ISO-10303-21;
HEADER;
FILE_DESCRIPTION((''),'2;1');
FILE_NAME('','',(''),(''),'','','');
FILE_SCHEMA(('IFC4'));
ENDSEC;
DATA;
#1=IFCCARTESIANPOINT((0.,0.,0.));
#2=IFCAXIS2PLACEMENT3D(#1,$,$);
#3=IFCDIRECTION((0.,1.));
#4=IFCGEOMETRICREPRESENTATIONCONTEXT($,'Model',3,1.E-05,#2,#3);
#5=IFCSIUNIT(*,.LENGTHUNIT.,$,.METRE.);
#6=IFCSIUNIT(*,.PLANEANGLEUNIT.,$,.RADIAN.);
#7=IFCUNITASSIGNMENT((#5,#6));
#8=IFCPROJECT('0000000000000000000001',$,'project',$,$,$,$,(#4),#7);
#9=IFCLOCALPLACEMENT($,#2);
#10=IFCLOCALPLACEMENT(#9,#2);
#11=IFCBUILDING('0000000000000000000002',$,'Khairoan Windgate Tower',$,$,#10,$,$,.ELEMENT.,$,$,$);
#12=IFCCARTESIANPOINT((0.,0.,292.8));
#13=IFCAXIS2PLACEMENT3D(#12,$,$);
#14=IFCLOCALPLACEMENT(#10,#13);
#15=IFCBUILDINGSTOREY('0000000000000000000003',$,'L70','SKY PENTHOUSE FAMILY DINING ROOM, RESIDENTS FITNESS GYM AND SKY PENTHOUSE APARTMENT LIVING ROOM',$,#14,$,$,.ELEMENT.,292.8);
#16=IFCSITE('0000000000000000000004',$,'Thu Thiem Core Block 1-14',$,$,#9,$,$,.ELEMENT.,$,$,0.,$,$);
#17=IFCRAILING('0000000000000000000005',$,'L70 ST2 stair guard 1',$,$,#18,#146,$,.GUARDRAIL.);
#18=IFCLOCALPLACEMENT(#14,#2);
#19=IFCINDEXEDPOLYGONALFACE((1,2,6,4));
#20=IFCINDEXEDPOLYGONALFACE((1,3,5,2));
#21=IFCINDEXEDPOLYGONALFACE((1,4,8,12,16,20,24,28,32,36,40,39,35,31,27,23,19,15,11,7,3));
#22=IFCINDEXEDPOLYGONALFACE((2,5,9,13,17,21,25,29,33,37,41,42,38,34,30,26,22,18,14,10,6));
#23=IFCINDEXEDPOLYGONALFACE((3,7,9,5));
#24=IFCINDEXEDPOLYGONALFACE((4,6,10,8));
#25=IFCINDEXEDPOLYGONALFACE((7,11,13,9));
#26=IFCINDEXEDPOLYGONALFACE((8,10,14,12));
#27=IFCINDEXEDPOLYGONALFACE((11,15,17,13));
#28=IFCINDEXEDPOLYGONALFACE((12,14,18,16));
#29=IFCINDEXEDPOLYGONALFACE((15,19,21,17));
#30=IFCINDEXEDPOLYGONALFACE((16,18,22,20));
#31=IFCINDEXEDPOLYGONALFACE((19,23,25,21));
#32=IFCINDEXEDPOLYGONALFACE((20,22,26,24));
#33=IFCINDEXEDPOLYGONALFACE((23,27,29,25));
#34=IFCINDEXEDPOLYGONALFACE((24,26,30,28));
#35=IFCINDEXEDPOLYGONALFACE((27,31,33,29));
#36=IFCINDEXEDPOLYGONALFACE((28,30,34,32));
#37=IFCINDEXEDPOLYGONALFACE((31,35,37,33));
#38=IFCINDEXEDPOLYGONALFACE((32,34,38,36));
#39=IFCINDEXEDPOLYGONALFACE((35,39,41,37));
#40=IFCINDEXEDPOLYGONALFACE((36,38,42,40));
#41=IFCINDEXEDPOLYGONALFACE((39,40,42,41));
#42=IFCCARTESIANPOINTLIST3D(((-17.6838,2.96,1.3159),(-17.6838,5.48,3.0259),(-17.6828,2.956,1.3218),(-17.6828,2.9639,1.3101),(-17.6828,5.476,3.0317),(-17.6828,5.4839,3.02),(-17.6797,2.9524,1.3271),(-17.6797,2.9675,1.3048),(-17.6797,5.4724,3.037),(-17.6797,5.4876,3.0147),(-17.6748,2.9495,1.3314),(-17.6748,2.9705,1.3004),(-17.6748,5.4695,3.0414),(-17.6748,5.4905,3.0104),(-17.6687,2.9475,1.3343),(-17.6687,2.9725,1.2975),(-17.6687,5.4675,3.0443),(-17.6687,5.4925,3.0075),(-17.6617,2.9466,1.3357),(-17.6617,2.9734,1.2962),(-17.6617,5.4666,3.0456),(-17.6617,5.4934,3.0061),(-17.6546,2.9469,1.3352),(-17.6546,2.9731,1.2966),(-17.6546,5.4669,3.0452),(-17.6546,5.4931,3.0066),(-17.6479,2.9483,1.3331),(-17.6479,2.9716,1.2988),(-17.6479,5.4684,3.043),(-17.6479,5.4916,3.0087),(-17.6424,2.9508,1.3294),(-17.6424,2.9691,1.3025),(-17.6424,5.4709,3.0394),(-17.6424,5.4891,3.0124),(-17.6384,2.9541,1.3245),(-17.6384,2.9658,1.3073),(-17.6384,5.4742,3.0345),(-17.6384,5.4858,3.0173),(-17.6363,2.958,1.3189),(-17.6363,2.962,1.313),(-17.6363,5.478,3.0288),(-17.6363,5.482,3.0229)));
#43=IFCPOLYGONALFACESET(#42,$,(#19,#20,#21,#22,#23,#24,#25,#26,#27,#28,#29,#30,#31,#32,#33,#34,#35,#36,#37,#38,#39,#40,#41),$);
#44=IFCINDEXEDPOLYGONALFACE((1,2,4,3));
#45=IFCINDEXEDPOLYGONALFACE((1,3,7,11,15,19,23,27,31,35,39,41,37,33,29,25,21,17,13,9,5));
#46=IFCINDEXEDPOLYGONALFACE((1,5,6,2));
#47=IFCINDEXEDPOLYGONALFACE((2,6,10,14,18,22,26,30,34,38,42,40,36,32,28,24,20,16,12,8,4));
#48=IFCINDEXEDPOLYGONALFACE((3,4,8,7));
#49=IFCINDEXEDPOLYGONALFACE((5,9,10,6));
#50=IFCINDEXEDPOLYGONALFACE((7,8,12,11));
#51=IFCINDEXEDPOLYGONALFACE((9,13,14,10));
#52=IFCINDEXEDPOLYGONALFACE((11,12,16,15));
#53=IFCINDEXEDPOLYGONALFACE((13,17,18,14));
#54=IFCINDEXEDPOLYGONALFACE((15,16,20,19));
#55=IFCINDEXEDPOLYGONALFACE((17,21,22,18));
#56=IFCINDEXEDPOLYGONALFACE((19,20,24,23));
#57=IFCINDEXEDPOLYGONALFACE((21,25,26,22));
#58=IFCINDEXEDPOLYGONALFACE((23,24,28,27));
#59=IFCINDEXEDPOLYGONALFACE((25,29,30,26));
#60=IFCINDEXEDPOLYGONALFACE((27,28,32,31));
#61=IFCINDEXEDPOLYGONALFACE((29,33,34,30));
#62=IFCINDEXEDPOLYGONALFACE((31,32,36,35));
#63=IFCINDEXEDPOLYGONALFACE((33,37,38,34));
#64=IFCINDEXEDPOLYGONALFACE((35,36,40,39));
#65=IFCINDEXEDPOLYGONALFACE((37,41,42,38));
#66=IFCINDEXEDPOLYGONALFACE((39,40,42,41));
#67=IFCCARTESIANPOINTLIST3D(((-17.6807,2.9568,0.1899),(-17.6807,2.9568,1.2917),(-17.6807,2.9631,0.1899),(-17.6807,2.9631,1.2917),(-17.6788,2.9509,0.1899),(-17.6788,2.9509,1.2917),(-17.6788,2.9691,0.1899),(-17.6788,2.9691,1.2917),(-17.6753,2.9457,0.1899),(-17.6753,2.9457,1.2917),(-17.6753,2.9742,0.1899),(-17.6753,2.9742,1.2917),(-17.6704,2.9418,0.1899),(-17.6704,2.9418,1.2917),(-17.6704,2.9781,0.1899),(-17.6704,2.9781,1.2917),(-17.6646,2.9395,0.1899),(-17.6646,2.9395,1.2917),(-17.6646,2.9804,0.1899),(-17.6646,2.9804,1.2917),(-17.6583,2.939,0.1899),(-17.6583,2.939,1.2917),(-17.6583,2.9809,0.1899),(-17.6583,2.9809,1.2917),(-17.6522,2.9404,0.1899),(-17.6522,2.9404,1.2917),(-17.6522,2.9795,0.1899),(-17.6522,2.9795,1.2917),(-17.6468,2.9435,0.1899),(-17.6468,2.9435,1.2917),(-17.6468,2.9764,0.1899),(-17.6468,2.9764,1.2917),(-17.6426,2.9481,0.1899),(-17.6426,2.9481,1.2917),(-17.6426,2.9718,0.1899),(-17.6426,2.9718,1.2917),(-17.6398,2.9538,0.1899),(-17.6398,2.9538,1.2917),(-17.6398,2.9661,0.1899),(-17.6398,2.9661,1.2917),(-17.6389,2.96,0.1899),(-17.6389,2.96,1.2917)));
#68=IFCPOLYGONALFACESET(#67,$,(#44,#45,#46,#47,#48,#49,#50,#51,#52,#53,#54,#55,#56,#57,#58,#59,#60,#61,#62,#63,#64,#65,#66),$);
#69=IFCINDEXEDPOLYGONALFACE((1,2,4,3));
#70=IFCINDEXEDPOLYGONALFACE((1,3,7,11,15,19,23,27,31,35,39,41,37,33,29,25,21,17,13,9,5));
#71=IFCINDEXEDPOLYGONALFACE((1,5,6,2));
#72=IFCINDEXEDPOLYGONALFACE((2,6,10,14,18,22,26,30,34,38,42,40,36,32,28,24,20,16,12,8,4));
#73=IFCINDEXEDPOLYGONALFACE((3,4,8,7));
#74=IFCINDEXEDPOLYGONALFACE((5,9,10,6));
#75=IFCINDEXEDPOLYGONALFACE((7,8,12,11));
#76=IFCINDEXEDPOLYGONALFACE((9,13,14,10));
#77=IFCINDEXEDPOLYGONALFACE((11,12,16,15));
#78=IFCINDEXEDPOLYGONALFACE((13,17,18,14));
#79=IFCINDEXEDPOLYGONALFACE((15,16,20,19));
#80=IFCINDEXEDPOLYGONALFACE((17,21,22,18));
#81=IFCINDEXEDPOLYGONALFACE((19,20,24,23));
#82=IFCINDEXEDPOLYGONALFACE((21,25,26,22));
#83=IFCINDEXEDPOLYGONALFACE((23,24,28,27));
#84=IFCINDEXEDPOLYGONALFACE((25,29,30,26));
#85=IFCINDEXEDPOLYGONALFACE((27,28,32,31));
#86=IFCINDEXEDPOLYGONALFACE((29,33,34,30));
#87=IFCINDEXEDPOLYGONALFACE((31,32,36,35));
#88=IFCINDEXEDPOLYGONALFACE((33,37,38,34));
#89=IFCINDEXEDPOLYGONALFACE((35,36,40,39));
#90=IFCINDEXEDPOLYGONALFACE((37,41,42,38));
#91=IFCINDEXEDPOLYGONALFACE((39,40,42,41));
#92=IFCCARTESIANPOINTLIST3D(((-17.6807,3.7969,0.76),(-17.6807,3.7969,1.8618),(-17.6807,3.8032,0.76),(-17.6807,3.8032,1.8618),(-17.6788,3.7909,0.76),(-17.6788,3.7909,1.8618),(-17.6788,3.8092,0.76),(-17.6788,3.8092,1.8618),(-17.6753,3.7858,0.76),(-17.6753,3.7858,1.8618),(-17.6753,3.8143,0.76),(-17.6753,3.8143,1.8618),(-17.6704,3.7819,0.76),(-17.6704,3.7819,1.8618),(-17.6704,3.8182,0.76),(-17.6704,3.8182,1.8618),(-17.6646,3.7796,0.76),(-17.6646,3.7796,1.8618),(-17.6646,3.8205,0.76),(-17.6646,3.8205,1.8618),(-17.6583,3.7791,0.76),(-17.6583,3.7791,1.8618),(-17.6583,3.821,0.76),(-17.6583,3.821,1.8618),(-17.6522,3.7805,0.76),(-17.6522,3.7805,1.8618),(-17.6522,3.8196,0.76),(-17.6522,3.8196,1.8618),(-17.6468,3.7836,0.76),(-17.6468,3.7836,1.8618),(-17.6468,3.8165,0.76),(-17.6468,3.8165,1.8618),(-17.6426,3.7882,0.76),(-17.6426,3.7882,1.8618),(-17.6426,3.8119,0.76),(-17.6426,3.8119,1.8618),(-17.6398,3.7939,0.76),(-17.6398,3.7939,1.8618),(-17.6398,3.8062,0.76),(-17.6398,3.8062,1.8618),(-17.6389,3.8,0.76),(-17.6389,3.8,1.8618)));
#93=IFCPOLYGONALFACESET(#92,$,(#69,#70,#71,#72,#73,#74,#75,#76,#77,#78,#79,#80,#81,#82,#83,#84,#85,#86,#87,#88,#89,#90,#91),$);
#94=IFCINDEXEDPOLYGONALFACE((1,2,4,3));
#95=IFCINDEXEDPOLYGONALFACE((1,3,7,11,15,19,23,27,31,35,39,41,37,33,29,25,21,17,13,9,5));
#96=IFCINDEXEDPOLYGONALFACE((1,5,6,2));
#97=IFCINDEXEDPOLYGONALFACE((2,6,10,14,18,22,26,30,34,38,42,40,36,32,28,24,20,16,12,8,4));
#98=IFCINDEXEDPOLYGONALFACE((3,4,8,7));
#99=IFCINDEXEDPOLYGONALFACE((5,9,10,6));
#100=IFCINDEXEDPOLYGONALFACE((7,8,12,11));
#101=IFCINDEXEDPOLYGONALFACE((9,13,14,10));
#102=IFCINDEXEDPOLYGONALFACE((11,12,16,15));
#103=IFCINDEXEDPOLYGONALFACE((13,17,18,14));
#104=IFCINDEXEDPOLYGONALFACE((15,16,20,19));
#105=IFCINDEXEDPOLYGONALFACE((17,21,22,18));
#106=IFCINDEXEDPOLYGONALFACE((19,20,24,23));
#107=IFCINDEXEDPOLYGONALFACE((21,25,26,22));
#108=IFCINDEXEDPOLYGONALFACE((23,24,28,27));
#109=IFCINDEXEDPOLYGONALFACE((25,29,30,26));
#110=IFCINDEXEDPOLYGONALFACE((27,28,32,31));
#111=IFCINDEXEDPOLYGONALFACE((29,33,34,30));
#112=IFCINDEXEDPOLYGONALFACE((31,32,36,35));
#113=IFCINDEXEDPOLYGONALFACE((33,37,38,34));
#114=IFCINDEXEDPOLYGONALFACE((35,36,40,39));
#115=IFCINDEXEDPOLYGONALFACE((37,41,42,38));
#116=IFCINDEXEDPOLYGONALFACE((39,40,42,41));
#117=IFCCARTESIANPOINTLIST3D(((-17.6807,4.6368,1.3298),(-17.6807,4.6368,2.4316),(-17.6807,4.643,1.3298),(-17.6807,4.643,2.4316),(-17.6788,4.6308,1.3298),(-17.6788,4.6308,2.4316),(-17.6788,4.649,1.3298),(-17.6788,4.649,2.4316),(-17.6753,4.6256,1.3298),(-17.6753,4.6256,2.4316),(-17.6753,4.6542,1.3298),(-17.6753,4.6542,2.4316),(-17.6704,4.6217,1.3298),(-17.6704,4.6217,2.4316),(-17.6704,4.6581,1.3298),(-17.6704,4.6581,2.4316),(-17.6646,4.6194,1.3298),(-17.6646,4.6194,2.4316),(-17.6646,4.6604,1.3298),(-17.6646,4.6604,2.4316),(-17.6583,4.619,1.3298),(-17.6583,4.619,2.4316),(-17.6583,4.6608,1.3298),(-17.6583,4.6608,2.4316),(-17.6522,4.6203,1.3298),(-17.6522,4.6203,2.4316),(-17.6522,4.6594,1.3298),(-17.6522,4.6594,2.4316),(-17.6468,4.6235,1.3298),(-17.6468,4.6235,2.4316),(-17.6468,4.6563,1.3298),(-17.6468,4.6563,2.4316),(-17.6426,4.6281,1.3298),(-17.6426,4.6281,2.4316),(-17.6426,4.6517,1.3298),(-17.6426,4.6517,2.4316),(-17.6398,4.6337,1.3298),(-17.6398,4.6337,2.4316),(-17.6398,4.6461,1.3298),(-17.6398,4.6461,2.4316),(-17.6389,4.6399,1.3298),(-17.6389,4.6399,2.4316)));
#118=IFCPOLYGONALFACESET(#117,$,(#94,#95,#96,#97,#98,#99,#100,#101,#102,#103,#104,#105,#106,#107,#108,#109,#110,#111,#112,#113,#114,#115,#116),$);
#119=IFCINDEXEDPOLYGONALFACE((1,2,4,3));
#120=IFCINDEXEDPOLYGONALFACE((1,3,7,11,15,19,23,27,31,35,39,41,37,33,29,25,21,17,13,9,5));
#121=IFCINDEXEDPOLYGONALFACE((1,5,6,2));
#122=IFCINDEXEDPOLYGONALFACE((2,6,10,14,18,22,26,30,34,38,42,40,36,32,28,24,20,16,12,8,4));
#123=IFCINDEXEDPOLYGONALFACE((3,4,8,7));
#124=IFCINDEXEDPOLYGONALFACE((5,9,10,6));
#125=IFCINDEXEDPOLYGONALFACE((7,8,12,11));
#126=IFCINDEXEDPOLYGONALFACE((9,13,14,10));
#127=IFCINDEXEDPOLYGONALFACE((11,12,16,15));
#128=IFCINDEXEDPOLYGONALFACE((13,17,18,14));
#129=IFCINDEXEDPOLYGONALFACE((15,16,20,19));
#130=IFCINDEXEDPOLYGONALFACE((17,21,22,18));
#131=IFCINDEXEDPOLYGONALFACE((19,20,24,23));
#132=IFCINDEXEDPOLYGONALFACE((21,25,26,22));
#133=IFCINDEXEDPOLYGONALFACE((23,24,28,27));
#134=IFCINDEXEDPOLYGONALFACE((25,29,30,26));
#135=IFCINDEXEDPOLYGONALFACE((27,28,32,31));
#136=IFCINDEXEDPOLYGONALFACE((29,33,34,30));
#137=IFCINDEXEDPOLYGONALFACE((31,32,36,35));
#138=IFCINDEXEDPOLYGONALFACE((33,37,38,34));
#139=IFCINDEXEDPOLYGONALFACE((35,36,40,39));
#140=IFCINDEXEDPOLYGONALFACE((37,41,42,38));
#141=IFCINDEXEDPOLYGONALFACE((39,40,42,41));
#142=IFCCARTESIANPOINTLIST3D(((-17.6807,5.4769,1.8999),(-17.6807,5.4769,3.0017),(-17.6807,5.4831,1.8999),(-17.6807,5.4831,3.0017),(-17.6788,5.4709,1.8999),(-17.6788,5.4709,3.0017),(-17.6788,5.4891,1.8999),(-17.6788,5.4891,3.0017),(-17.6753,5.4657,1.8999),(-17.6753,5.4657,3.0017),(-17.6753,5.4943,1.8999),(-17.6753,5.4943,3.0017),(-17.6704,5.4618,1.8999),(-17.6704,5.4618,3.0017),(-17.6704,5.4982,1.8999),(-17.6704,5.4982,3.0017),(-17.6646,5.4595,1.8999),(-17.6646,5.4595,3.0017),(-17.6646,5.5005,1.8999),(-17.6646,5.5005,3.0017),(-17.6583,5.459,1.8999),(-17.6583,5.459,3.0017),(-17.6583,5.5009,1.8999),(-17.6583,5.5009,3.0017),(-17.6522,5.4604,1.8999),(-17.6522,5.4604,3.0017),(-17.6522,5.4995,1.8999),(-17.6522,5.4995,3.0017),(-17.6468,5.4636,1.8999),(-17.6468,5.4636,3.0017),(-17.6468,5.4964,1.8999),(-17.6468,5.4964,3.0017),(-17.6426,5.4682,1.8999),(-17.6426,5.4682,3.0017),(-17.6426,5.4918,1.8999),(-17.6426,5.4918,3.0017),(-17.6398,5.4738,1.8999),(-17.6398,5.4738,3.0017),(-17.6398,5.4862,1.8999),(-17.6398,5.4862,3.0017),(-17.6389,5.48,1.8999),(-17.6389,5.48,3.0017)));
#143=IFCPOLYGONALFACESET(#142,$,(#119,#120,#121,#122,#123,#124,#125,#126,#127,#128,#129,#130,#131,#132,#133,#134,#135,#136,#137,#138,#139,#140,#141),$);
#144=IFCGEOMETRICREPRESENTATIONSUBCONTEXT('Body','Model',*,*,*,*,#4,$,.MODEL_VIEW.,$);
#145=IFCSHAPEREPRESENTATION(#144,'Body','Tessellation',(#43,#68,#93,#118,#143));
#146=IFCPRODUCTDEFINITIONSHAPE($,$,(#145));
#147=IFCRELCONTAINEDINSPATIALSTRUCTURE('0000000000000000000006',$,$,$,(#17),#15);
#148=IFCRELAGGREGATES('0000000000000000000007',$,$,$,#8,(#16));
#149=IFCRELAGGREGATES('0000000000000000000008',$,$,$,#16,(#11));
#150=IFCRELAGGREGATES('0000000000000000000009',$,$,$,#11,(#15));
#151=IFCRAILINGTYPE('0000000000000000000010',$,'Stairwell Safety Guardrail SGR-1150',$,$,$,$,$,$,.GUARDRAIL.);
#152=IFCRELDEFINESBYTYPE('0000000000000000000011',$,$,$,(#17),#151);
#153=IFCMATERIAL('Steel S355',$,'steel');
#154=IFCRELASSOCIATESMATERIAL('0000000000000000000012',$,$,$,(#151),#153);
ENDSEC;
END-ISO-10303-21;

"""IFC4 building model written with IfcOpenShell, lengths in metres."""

from ifc_helpers import new_model, si_unit, direction, frame, origin, origin_2d, place, context, subcontext, project, spatial, circle, extrude, material, type_object, element, save


model = new_model("IFC4")

# Units and contexts
model_context = context("Model", 3, precision=1e-05, world=origin(), true_north=direction((0.0, 1.0)))
body_context = subcontext(model_context, "Body", "Model", "MODEL_VIEW")
ifc_project = project(units=[si_unit("LENGTHUNIT", "METRE"), si_unit("PLANEANGLEUNIT", "RADIAN")], contexts=[model_context])

# Site, building, storey
site_placement = place(None, origin())
site = spatial("IfcSite", under=ifc_project, at=site_placement, Name="Thu Thiem Core Block 1-14", CompositionType="ELEMENT", RefElevation=0.0)
building_placement = place(site_placement, origin())
building = spatial("IfcBuilding", under=site, at=building_placement, Name="Khairoan Windgate Tower", CompositionType="ELEMENT")
storey_placement = place(building_placement, frame((0.0, 0.0, 292.8)))
storey = spatial("IfcBuildingStorey", under=building, at=storey_placement, Name="L70", Description="SKY PENTHOUSE FAMILY DINING ROOM, RESIDENTS FITNESS GYM AND SKY PENTHOUSE APARTMENT LIVING ROOM", CompositionType="ELEMENT", Elevation=292.8)

# Railing
ifc_material_1 = material(Name="Steel S355", Category="steel")
railing_type_1 = type_object("IfcRailingType", Name="Stairwell Safety Guardrail SGR-1150", PredefinedType="GUARDRAIL", material=ifc_material_1)
railing_1_placement = place(storey_placement, frame((-17.6599, 2.96, 0.1899)))
element("IfcRailing", 1, at=railing_1_placement, inside=storey, type_object=railing_type_1, Name="L70 ST2 stair guard 1", PredefinedType="GUARDRAIL", context=body_context, shape_type="SweptSolid", body=[
    extrude(circle(Radius=0.0239, at=origin_2d()), frame((0.0, 0.0, 1.126), z_axis=(0.0, 0.827484, 0.56149), x_axis=(-1.0, 0.0, 0.0)), (0.0, 0.0, 1.0), 3.0454),
    extrude(circle(Radius=0.021, at=origin_2d()), origin(), (0.0, 0.0, 1.0), 1.1018),
    extrude(circle(Radius=0.021, at=origin_2d()), frame((0.0, 0.8401, 0.5701)), (0.0, 0.0, 1.0), 1.1018),
    extrude(circle(Radius=0.021, at=origin_2d()), frame((0.0, 1.6799, 1.1399)), (0.0, 0.0, 1.0), 1.1018),
    extrude(circle(Radius=0.021, at=origin_2d()), frame((0.0, 2.52, 1.71)), (0.0, 0.0, 1.0), 1.1018),
])

save(model, "model.ifc")
